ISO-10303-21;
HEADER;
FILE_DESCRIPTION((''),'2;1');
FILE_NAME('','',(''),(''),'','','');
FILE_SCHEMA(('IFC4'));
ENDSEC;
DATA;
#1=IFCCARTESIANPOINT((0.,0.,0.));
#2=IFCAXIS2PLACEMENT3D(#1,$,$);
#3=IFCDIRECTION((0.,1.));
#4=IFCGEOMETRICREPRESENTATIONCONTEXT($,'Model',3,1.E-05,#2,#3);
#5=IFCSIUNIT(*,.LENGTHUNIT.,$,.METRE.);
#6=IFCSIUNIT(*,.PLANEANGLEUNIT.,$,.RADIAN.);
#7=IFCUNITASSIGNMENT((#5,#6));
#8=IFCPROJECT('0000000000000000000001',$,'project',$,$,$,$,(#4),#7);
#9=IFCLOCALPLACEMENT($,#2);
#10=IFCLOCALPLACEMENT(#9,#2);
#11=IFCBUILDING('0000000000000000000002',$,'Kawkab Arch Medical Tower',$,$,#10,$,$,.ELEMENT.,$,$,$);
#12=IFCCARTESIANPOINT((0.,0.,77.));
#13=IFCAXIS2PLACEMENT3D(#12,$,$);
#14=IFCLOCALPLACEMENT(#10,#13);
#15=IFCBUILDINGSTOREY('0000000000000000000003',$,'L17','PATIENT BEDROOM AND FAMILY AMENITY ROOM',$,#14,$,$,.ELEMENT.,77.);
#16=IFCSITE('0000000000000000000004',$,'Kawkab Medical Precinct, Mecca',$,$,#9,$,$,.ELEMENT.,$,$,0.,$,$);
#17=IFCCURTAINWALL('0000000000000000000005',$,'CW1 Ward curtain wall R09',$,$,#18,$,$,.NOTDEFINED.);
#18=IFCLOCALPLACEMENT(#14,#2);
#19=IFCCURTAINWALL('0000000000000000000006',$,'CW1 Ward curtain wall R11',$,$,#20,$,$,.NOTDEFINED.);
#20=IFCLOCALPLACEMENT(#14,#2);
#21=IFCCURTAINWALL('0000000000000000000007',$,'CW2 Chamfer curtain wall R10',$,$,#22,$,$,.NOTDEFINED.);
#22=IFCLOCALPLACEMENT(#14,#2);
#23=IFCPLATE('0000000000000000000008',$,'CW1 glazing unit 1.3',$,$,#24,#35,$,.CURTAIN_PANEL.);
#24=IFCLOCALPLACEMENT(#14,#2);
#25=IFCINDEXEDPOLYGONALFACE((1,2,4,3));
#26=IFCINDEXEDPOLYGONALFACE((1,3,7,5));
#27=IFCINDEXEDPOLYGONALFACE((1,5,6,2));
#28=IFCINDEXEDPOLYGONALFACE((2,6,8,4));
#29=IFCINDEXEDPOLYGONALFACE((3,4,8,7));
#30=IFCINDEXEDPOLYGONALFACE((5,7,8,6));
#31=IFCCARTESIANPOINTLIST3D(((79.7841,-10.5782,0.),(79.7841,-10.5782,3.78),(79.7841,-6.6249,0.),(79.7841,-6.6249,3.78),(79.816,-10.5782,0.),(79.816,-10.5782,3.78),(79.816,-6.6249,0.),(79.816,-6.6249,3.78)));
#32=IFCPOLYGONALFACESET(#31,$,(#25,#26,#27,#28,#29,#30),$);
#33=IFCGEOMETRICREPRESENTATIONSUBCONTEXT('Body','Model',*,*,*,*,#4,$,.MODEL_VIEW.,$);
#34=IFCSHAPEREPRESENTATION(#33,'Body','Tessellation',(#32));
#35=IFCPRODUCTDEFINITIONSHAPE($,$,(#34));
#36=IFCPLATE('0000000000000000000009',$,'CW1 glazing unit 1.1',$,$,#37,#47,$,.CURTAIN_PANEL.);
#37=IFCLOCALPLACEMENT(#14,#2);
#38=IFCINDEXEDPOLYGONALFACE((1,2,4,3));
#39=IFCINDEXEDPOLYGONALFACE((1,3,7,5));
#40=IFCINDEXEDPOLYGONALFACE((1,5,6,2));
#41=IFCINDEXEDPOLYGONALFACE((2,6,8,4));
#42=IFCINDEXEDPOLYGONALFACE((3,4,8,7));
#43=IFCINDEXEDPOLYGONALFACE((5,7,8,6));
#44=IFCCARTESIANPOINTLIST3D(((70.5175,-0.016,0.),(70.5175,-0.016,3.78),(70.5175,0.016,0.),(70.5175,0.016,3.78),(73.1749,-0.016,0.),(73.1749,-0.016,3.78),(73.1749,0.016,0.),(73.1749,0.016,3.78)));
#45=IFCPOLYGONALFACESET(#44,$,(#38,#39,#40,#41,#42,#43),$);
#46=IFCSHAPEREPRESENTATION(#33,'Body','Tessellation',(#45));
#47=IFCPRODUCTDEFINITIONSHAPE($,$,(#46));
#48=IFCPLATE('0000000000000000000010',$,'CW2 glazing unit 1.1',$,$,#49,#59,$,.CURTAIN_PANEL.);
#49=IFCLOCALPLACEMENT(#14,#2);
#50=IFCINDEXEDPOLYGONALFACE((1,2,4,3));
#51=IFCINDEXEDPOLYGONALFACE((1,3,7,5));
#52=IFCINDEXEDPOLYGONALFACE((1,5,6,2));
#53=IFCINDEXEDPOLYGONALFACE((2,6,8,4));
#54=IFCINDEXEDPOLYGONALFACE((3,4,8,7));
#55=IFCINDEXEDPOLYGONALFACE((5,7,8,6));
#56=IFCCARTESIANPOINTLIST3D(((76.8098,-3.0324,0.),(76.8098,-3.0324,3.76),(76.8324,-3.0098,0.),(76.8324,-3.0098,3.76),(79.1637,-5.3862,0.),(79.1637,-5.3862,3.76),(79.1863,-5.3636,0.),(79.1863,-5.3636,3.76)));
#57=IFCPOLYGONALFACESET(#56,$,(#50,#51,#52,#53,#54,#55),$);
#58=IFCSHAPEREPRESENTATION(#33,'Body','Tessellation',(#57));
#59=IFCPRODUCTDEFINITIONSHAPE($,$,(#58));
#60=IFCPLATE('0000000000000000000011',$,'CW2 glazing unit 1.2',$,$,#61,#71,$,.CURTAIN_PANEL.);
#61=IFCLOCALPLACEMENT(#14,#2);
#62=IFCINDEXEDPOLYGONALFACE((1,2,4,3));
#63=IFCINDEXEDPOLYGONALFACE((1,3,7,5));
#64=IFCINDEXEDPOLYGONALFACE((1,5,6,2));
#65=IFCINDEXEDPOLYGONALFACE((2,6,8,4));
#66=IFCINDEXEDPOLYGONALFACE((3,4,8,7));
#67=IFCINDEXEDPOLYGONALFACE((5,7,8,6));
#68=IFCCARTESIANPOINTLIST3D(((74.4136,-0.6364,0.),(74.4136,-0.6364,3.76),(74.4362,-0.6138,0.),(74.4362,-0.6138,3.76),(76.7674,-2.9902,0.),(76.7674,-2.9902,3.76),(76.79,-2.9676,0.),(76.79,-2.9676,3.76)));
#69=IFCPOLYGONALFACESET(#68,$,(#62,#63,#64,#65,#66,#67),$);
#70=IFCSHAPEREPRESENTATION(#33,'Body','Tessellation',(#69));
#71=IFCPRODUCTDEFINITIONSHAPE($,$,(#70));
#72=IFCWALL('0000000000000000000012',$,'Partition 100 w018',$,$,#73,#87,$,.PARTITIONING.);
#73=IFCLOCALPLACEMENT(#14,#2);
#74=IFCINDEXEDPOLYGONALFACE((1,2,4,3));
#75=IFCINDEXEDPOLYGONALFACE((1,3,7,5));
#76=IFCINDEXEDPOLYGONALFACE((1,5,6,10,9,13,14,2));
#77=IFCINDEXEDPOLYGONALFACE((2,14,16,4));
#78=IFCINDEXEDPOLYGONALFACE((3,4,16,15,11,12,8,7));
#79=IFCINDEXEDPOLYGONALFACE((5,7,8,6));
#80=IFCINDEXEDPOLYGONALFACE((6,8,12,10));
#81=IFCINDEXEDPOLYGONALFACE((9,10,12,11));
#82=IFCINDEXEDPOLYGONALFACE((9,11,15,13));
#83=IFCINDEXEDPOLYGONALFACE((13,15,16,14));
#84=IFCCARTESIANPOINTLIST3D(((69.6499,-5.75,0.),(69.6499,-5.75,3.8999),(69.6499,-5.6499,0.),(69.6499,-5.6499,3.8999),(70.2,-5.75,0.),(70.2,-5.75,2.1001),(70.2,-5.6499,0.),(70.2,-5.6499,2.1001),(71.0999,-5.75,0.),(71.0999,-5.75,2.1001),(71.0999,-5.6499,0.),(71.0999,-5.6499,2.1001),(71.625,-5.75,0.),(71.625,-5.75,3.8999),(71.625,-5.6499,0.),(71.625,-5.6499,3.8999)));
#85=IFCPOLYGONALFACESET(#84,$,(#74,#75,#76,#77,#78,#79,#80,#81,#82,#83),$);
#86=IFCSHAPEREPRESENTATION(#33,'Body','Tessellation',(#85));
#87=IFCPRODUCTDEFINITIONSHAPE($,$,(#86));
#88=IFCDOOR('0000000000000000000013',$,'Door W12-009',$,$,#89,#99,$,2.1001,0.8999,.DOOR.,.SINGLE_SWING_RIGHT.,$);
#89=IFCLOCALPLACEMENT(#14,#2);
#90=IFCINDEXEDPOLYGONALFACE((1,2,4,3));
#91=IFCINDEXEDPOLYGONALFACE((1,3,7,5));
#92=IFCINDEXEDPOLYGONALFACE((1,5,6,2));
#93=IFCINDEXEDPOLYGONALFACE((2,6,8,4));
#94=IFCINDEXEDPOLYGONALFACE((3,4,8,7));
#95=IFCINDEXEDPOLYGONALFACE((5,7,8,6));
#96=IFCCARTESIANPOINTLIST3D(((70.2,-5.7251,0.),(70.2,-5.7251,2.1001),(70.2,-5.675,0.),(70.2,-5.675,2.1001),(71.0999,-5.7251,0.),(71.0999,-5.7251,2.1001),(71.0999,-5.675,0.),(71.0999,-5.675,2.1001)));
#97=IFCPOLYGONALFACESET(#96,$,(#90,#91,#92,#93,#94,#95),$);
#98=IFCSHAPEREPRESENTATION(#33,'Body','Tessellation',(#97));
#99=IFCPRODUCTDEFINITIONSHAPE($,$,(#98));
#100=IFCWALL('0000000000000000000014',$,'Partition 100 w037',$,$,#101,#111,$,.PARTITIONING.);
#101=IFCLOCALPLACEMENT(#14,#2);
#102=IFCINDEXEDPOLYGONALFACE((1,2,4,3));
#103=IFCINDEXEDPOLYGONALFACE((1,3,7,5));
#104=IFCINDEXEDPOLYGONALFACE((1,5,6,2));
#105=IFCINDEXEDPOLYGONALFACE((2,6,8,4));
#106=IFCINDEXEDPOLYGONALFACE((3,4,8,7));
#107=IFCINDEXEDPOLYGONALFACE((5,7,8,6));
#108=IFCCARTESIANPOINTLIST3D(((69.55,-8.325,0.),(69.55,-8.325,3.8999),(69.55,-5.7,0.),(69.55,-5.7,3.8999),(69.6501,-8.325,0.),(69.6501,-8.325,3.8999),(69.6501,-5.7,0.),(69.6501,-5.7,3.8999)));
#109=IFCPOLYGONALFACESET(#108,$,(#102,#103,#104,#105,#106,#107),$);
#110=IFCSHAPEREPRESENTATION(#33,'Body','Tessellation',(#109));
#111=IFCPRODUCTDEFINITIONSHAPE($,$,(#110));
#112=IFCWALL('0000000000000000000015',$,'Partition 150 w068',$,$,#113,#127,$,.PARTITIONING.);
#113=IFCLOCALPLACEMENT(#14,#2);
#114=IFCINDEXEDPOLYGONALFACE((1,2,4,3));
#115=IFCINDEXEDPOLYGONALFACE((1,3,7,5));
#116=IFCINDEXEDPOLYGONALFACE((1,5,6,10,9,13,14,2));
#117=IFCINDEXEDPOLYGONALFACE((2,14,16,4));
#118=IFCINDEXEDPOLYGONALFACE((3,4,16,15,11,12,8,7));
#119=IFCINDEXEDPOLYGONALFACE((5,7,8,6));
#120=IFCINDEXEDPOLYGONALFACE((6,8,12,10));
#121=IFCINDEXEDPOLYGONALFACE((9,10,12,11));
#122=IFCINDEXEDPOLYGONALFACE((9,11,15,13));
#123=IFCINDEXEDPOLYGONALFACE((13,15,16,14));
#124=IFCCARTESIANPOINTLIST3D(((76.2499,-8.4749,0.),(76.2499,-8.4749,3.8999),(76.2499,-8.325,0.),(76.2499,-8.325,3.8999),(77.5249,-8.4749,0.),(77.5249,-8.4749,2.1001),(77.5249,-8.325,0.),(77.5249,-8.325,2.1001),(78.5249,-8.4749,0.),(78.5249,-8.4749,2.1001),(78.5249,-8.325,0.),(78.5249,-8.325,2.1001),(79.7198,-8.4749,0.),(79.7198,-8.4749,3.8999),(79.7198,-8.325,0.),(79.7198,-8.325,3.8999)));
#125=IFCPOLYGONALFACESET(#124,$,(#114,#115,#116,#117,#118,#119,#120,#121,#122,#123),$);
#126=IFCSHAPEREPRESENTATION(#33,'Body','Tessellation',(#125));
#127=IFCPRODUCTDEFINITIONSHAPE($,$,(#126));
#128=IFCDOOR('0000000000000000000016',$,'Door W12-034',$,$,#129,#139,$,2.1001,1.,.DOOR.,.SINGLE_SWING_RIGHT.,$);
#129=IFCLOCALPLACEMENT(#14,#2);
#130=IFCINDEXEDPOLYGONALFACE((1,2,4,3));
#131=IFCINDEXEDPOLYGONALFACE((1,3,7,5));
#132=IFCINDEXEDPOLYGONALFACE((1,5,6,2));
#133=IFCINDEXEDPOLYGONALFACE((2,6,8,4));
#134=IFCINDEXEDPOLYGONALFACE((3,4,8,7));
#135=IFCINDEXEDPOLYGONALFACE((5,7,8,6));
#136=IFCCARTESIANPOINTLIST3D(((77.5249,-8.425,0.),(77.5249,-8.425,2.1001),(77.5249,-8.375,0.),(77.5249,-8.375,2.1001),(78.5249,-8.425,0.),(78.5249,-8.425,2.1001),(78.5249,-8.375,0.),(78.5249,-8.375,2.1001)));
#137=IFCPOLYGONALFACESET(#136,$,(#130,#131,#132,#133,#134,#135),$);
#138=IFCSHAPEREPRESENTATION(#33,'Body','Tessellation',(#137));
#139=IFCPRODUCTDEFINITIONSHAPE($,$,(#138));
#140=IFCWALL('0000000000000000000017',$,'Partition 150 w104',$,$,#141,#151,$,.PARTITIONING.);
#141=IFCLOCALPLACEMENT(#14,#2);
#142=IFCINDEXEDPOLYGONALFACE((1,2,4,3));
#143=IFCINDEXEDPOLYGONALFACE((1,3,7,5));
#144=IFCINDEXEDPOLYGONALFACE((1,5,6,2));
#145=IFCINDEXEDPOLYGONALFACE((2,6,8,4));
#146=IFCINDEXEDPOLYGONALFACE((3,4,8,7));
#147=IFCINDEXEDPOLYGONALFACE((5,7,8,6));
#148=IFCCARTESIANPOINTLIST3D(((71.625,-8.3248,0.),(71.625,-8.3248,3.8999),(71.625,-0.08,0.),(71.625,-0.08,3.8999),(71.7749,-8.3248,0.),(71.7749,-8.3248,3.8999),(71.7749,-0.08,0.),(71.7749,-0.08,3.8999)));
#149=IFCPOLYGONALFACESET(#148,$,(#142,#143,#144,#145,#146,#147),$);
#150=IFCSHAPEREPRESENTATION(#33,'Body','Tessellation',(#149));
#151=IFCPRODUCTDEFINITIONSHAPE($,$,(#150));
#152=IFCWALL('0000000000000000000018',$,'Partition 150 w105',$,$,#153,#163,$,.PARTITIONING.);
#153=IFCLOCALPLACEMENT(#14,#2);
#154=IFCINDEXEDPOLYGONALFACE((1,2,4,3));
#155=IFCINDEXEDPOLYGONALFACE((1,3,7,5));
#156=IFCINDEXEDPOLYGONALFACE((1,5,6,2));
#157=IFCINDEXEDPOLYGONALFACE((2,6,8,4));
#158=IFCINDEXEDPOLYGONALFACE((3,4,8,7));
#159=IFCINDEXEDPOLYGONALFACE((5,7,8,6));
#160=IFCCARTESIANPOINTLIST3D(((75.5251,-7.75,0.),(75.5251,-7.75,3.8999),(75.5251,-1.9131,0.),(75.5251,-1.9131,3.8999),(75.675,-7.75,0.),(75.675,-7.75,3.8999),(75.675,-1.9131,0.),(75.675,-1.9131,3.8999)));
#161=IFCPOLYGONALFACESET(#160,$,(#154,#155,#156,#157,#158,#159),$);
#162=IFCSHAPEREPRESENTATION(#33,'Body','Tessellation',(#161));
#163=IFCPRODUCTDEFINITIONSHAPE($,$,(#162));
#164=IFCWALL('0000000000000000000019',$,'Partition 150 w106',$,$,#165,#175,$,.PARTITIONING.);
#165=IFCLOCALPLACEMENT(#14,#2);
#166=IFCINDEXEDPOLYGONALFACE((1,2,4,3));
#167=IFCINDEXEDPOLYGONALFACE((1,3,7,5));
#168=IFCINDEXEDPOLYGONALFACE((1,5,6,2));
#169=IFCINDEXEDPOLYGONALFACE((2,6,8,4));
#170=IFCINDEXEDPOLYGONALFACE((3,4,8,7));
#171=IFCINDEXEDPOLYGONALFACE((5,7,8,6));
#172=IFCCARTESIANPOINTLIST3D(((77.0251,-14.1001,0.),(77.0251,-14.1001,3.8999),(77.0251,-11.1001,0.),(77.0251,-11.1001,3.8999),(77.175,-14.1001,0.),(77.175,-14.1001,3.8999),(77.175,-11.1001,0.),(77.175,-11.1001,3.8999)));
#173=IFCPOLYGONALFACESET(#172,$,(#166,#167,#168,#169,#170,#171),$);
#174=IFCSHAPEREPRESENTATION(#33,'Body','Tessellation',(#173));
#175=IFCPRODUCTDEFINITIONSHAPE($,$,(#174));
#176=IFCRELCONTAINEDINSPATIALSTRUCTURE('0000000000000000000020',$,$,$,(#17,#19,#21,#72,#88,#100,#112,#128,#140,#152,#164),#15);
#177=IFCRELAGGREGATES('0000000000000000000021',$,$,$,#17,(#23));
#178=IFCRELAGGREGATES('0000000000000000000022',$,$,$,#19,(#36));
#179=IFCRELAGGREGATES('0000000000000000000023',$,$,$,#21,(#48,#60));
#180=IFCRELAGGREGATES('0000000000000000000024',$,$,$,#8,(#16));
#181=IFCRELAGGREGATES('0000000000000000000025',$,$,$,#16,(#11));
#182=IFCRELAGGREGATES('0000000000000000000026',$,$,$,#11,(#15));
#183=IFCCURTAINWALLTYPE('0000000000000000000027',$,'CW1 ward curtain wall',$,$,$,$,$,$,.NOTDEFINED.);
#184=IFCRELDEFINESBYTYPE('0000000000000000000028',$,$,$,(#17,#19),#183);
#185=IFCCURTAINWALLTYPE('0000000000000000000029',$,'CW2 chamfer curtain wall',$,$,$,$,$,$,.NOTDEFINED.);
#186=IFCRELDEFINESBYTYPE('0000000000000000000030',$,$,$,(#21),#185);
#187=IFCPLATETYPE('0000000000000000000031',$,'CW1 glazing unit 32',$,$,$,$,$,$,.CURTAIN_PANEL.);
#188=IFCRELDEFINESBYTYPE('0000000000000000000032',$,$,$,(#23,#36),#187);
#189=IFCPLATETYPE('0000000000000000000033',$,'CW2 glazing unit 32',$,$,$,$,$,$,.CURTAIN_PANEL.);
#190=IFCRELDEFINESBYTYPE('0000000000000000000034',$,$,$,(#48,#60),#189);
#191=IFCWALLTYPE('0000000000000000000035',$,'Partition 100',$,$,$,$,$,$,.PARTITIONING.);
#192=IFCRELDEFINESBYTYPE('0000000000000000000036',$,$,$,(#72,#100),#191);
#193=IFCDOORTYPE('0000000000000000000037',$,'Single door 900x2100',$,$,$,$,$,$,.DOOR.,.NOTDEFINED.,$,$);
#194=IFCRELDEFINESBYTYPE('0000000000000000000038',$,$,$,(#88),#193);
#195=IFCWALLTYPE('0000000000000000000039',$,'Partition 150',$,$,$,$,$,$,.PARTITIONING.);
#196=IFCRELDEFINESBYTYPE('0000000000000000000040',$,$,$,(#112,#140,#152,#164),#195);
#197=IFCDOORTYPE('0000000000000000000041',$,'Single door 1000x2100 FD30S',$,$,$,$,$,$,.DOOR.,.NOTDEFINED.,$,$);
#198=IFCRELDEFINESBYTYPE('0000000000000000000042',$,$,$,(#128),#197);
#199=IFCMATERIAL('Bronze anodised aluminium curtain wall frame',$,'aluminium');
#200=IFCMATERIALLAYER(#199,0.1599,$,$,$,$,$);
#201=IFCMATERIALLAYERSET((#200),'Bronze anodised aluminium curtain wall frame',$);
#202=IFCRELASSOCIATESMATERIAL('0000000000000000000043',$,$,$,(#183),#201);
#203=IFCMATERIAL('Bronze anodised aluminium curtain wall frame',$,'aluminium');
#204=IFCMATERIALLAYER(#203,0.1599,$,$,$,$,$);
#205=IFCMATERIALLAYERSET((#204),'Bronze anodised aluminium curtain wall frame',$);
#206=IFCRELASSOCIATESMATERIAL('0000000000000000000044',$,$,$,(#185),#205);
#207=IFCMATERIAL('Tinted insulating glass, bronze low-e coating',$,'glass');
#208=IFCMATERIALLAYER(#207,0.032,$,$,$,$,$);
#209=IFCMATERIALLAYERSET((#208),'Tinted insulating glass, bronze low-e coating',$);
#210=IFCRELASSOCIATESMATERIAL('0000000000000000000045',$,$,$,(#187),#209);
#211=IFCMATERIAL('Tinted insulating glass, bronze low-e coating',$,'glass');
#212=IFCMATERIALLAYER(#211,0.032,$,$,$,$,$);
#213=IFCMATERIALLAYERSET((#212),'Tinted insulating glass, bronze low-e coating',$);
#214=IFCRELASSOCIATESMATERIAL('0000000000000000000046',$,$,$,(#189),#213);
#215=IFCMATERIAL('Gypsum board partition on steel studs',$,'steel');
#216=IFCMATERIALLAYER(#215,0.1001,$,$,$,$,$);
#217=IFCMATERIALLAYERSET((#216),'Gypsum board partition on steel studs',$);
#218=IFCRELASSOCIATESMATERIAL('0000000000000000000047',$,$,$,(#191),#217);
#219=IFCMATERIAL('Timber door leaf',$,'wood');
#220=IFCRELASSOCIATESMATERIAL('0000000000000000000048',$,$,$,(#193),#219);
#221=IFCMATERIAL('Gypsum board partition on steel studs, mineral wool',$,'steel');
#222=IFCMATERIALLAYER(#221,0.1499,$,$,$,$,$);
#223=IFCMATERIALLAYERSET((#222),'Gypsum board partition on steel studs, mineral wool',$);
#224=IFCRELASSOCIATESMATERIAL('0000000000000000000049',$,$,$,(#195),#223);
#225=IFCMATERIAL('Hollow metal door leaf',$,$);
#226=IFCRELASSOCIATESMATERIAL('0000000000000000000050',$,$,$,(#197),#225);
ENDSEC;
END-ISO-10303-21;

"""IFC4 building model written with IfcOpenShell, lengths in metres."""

from ifc_helpers import new_model, si_unit, direction, frame, frame_2d, origin, origin_2d, place, context, subcontext, project, spatial, rectangle, extrude, material, layer, layer_set, type_object, element, fill, aggregate, save


model = new_model("IFC4")

# Units and contexts
model_context = context("Model", 3, precision=1e-05, world=origin(), true_north=direction((0.0, 1.0)))
body_context = subcontext(model_context, "Body", "Model", "MODEL_VIEW")
ifc_project = project(units=[si_unit("LENGTHUNIT", "METRE"), si_unit("PLANEANGLEUNIT", "RADIAN")], contexts=[model_context])

# Site, building, storey
site_placement = place(None, origin())
site = spatial("IfcSite", under=ifc_project, at=site_placement, Name="Kawkab Medical Precinct, Mecca", CompositionType="ELEMENT", RefElevation=0.0)
building_placement = place(site_placement, origin())
building = spatial("IfcBuilding", under=site, at=building_placement, Name="Kawkab Arch Medical Tower", CompositionType="ELEMENT")
storey_placement = place(building_placement, frame((0.0, 0.0, 77.0)))
storey = spatial("IfcBuildingStorey", under=building, at=storey_placement, Name="L17", Description="PATIENT BEDROOM AND FAMILY AMENITY ROOM", CompositionType="ELEMENT", Elevation=77.0)

# Curtain walls
ifc_material_1 = material(Name="Bronze anodised aluminium curtain wall frame", Category="aluminium")
ifc_layer_1 = layer(ifc_material_1, 0.1599)
ifc_layer_set_1 = layer_set([ifc_layer_1], Name="Bronze anodised aluminium curtain wall frame")
curtain_wall_type_1 = type_object("IfcCurtainWallType", Name="CW1 ward curtain wall", PredefinedType="NOTDEFINED", material=ifc_layer_set_1)
placement = place(storey_placement, origin())
curtain_wall_1 = element("IfcCurtainWall", 1, at=placement, inside=storey, type_object=curtain_wall_type_1, Name="CW1 Ward curtain wall R09", PredefinedType="NOTDEFINED")
curtain_wall_2 = element("IfcCurtainWall", 2, at=placement, inside=storey, type_object=curtain_wall_type_1, Name="CW1 Ward curtain wall R11", PredefinedType="NOTDEFINED")
ifc_material_2 = material(Name="Bronze anodised aluminium curtain wall frame", Category="aluminium")
ifc_layer_2 = layer(ifc_material_2, 0.1599)
ifc_layer_set_2 = layer_set([ifc_layer_2], Name="Bronze anodised aluminium curtain wall frame")
curtain_wall_type_2 = type_object("IfcCurtainWallType", Name="CW2 chamfer curtain wall", PredefinedType="NOTDEFINED", material=ifc_layer_set_2)
curtain_wall_3 = element("IfcCurtainWall", 3, at=placement, inside=storey, type_object=curtain_wall_type_2, Name="CW2 Chamfer curtain wall R10", PredefinedType="NOTDEFINED")

# Plates
ifc_material_3 = material(Name="Tinted insulating glass, bronze low-e coating", Category="glass")
ifc_layer_3 = layer(ifc_material_3, 0.032)
ifc_layer_set_3 = layer_set([ifc_layer_3], Name="Tinted insulating glass, bronze low-e coating")
plate_type_1 = type_object("IfcPlateType", Name="CW1 glazing unit 32", PredefinedType="CURTAIN_PANEL", material=ifc_layer_set_3)
plate_1_placement = place(storey_placement, frame((79.8, -8.6016, 0.0), z_axis=(0.0, 0.0, 1.0), x_axis=(0.0, 1.0, 0.0)))
plate_1 = element("IfcPlate", 4, at=plate_1_placement, type_object=plate_type_1, Name="CW1 glazing unit 1.3", PredefinedType="CURTAIN_PANEL", context=body_context, shape_type="SweptSolid", body=[
    extrude(rectangle(XDim=3.9534, YDim=0.032, at=origin_2d()), origin(), (0.0, 0.0, 1.0), 3.78),
])
aggregate(curtain_wall_1, [plate_1])
plate_2_placement = place(storey_placement, frame((71.8462, 0.0, 0.0), z_axis=(0.0, 0.0, 1.0), x_axis=(-1.0, 0.0, 0.0)))
plate_2 = element("IfcPlate", 5, at=plate_2_placement, type_object=plate_type_1, Name="CW1 glazing unit 1.1", PredefinedType="CURTAIN_PANEL", context=body_context, shape_type="SweptSolid", body=[
    extrude(rectangle(XDim=2.6575, YDim=0.032, at=origin_2d()), origin(), (0.0, 0.0, 1.0), 3.78),
])
aggregate(curtain_wall_2, [plate_2])
ifc_material_4 = material(Name="Tinted insulating glass, bronze low-e coating", Category="glass")
ifc_layer_4 = layer(ifc_material_4, 0.032)
ifc_layer_set_4 = layer_set([ifc_layer_4], Name="Tinted insulating glass, bronze low-e coating")
plate_type_2 = type_object("IfcPlateType", Name="CW2 glazing unit 32", PredefinedType="CURTAIN_PANEL", material=ifc_layer_set_4)
plate_3_placement = place(storey_placement, frame((77.998, -4.198, 0.0), z_axis=(0.0, 0.0, 1.0), x_axis=(-0.707107, 0.707107, 0.0)))
plate_3 = element("IfcPlate", 6, at=plate_3_placement, type_object=plate_type_2, Name="CW2 glazing unit 1.1", PredefinedType="CURTAIN_PANEL", context=body_context, shape_type="SweptSolid", body=[
    extrude(rectangle(XDim=3.3289, YDim=0.032, at=origin_2d()), origin(), (0.0, 0.0, 1.0), 3.76),
])
plate_4_placement = place(storey_placement, frame((75.6018, -1.802, 0.0), z_axis=(0.0, 0.0, 1.0), x_axis=(-0.707107, 0.707107, 0.0)))
plate_4 = element("IfcPlate", 7, at=plate_4_placement, type_object=plate_type_2, Name="CW2 glazing unit 1.2", PredefinedType="CURTAIN_PANEL", context=body_context, shape_type="SweptSolid", body=[
    extrude(rectangle(XDim=3.3289, YDim=0.032, at=origin_2d()), origin(), (0.0, 0.0, 1.0), 3.76),
])
aggregate(curtain_wall_3, [plate_3, plate_4])

# Wall, opening, door
ifc_material_5 = material(Name="Gypsum board partition on steel studs", Category="steel")
ifc_layer_5 = layer(ifc_material_5, 0.1001)
ifc_layer_set_5 = layer_set([ifc_layer_5], Name="Gypsum board partition on steel studs")
wall_type_1 = type_object("IfcWallType", Name="Partition 100", PredefinedType="PARTITIONING", material=ifc_layer_set_5)
wall_1_placement = place(storey_placement, frame((69.6499, -5.7, 0.0), z_axis=(0.0, 0.0, 1.0), x_axis=(1.0, 0.0, 0.0)))
wall_1 = element("IfcWall", 8, at=wall_1_placement, inside=storey, type_object=wall_type_1, Name="Partition 100 w018", PredefinedType="PARTITIONING", context=body_context, shape_type="SweptSolid", body=[
    extrude(rectangle(XDim=1.9751, YDim=0.1001, at=frame_2d((0.9875, 0.0))), origin(), (0.0, 0.0, 1.0), 3.8999),
])
opening_1_placement = place(wall_1_placement, frame((0.55, 0.0, 0.0)))
opening_1 = element("IfcOpeningElement", 9, at=opening_1_placement, cuts=wall_1, PredefinedType="OPENING", context=body_context, shape_type="SweptSolid", body=[
    extrude(rectangle(XDim=0.8999, YDim=2.1001, at=frame_2d((0.45, 1.05))), frame((0.0, 0.0601, 0.0), z_axis=(0.0, -1.0, 0.0), x_axis=(1.0, 0.0, 0.0)), (0.0, 0.0, 1.0), 0.1201),
])
ifc_material_6 = material(Name="Timber door leaf", Category="wood")
door_type_1 = type_object("IfcDoorType", Name="Single door 900x2100", OperationType="NOTDEFINED", PredefinedType="DOOR", material=ifc_material_6)
door_1_placement = place(opening_1_placement, origin())
door_1 = element("IfcDoor", 10, at=door_1_placement, inside=storey, type_object=door_type_1, Name="Door W12-009", OperationType="SINGLE_SWING_RIGHT", OverallHeight=2.1001, OverallWidth=0.8999, PredefinedType="DOOR", context=body_context, shape_type="SweptSolid", body=[
    extrude(rectangle(XDim=0.8999, YDim=2.1001, at=frame_2d((0.45, 1.05))), frame((0.0, 0.0249, 0.0), z_axis=(0.0, -1.0, 0.0), x_axis=(1.0, 0.0, 0.0)), (0.0, 0.0, 1.0), 0.05),
])
fill(opening_1, door_1)

# Wall
wall_2_placement = place(storey_placement, frame((69.6001, -8.325, 0.0), z_axis=(0.0, 0.0, 1.0), x_axis=(0.0, 1.0, 0.0)))
element("IfcWall", 11, at=wall_2_placement, inside=storey, type_object=wall_type_1, Name="Partition 100 w037", PredefinedType="PARTITIONING", context=body_context, shape_type="SweptSolid", body=[
    extrude(rectangle(XDim=2.625, YDim=0.1001, at=frame_2d((1.3125, 0.0))), origin(), (0.0, 0.0, 1.0), 3.8999),
])

# Wall, opening, door
ifc_material_7 = material(Name="Gypsum board partition on steel studs, mineral wool", Category="steel")
ifc_layer_6 = layer(ifc_material_7, 0.1499)
ifc_layer_set_6 = layer_set([ifc_layer_6], Name="Gypsum board partition on steel studs, mineral wool")
wall_type_2 = type_object("IfcWallType", Name="Partition 150", PredefinedType="PARTITIONING", material=ifc_layer_set_6)
wall_3_placement = place(storey_placement, frame((76.25, -8.3999, 0.0), z_axis=(0.0, 0.0, 1.0), x_axis=(1.0, 0.0, 0.0)))
wall_3 = element("IfcWall", 12, at=wall_3_placement, inside=storey, type_object=wall_type_2, Name="Partition 150 w068", PredefinedType="PARTITIONING", context=body_context, shape_type="SweptSolid", body=[
    extrude(rectangle(XDim=3.47, YDim=0.1499, at=frame_2d((1.7349, 0.0))), origin(), (0.0, 0.0, 1.0), 3.8999),
])
opening_2_placement = place(wall_3_placement, frame((1.2749, 0.0, 0.0)))
opening_2 = element("IfcOpeningElement", 13, at=opening_2_placement, cuts=wall_3, PredefinedType="OPENING", context=body_context, shape_type="SweptSolid", body=[
    extrude(rectangle(XDim=1.0, YDim=2.1001, at=frame_2d((0.5, 1.05))), frame((0.0, 0.085, 0.0), z_axis=(0.0, -1.0, 0.0), x_axis=(1.0, 0.0, 0.0)), (0.0, 0.0, 1.0), 0.1699),
])
ifc_material_8 = material(Name="Hollow metal door leaf")
door_type_2 = type_object("IfcDoorType", Name="Single door 1000x2100 FD30S", OperationType="NOTDEFINED", PredefinedType="DOOR", material=ifc_material_8)
door_2_placement = place(opening_2_placement, origin())
door_2 = element("IfcDoor", 14, at=door_2_placement, inside=storey, type_object=door_type_2, Name="Door W12-034", OperationType="SINGLE_SWING_RIGHT", OverallHeight=2.1001, OverallWidth=1.0, PredefinedType="DOOR", context=body_context, shape_type="SweptSolid", body=[
    extrude(rectangle(XDim=1.0, YDim=2.1001, at=frame_2d((0.5, 1.05))), frame((0.0, 0.0249, 0.0), z_axis=(0.0, -1.0, 0.0), x_axis=(1.0, 0.0, 0.0)), (0.0, 0.0, 1.0), 0.05),
])
fill(opening_2, door_2)

# Walls
wall_4_placement = place(storey_placement, frame((71.7, -8.325, 0.0), z_axis=(0.0, 0.0, 1.0), x_axis=(0.0, 1.0, 0.0)))
element("IfcWall", 15, at=wall_4_placement, inside=storey, type_object=wall_type_2, Name="Partition 150 w104", PredefinedType="PARTITIONING", context=body_context, shape_type="SweptSolid", body=[
    extrude(rectangle(XDim=8.2449, YDim=0.1499, at=frame_2d((4.1226, 0.0))), origin(), (0.0, 0.0, 1.0), 3.8999),
])
wall_5_placement = place(storey_placement, frame((75.6001, -7.75, 0.0), z_axis=(0.0, 0.0, 1.0), x_axis=(0.0, 1.0, 0.0)))
element("IfcWall", 16, at=wall_5_placement, inside=storey, type_object=wall_type_2, Name="Partition 150 w105", PredefinedType="PARTITIONING", context=body_context, shape_type="SweptSolid", body=[
    extrude(rectangle(XDim=5.8369, YDim=0.1499, at=frame_2d((2.9185, 0.0))), origin(), (0.0, 0.0, 1.0), 3.8999),
])
wall_6_placement = place(storey_placement, frame((77.1001, -14.1001, 0.0), z_axis=(0.0, 0.0, 1.0), x_axis=(0.0, 1.0, 0.0)))
element("IfcWall", 17, at=wall_6_placement, inside=storey, type_object=wall_type_2, Name="Partition 150 w106", PredefinedType="PARTITIONING", context=body_context, shape_type="SweptSolid", body=[
    extrude(rectangle(XDim=3.0, YDim=0.1499, at=frame_2d((1.5, 0.0))), origin(), (0.0, 0.0, 1.0), 3.8999),
])

save(model, "model.ifc")
